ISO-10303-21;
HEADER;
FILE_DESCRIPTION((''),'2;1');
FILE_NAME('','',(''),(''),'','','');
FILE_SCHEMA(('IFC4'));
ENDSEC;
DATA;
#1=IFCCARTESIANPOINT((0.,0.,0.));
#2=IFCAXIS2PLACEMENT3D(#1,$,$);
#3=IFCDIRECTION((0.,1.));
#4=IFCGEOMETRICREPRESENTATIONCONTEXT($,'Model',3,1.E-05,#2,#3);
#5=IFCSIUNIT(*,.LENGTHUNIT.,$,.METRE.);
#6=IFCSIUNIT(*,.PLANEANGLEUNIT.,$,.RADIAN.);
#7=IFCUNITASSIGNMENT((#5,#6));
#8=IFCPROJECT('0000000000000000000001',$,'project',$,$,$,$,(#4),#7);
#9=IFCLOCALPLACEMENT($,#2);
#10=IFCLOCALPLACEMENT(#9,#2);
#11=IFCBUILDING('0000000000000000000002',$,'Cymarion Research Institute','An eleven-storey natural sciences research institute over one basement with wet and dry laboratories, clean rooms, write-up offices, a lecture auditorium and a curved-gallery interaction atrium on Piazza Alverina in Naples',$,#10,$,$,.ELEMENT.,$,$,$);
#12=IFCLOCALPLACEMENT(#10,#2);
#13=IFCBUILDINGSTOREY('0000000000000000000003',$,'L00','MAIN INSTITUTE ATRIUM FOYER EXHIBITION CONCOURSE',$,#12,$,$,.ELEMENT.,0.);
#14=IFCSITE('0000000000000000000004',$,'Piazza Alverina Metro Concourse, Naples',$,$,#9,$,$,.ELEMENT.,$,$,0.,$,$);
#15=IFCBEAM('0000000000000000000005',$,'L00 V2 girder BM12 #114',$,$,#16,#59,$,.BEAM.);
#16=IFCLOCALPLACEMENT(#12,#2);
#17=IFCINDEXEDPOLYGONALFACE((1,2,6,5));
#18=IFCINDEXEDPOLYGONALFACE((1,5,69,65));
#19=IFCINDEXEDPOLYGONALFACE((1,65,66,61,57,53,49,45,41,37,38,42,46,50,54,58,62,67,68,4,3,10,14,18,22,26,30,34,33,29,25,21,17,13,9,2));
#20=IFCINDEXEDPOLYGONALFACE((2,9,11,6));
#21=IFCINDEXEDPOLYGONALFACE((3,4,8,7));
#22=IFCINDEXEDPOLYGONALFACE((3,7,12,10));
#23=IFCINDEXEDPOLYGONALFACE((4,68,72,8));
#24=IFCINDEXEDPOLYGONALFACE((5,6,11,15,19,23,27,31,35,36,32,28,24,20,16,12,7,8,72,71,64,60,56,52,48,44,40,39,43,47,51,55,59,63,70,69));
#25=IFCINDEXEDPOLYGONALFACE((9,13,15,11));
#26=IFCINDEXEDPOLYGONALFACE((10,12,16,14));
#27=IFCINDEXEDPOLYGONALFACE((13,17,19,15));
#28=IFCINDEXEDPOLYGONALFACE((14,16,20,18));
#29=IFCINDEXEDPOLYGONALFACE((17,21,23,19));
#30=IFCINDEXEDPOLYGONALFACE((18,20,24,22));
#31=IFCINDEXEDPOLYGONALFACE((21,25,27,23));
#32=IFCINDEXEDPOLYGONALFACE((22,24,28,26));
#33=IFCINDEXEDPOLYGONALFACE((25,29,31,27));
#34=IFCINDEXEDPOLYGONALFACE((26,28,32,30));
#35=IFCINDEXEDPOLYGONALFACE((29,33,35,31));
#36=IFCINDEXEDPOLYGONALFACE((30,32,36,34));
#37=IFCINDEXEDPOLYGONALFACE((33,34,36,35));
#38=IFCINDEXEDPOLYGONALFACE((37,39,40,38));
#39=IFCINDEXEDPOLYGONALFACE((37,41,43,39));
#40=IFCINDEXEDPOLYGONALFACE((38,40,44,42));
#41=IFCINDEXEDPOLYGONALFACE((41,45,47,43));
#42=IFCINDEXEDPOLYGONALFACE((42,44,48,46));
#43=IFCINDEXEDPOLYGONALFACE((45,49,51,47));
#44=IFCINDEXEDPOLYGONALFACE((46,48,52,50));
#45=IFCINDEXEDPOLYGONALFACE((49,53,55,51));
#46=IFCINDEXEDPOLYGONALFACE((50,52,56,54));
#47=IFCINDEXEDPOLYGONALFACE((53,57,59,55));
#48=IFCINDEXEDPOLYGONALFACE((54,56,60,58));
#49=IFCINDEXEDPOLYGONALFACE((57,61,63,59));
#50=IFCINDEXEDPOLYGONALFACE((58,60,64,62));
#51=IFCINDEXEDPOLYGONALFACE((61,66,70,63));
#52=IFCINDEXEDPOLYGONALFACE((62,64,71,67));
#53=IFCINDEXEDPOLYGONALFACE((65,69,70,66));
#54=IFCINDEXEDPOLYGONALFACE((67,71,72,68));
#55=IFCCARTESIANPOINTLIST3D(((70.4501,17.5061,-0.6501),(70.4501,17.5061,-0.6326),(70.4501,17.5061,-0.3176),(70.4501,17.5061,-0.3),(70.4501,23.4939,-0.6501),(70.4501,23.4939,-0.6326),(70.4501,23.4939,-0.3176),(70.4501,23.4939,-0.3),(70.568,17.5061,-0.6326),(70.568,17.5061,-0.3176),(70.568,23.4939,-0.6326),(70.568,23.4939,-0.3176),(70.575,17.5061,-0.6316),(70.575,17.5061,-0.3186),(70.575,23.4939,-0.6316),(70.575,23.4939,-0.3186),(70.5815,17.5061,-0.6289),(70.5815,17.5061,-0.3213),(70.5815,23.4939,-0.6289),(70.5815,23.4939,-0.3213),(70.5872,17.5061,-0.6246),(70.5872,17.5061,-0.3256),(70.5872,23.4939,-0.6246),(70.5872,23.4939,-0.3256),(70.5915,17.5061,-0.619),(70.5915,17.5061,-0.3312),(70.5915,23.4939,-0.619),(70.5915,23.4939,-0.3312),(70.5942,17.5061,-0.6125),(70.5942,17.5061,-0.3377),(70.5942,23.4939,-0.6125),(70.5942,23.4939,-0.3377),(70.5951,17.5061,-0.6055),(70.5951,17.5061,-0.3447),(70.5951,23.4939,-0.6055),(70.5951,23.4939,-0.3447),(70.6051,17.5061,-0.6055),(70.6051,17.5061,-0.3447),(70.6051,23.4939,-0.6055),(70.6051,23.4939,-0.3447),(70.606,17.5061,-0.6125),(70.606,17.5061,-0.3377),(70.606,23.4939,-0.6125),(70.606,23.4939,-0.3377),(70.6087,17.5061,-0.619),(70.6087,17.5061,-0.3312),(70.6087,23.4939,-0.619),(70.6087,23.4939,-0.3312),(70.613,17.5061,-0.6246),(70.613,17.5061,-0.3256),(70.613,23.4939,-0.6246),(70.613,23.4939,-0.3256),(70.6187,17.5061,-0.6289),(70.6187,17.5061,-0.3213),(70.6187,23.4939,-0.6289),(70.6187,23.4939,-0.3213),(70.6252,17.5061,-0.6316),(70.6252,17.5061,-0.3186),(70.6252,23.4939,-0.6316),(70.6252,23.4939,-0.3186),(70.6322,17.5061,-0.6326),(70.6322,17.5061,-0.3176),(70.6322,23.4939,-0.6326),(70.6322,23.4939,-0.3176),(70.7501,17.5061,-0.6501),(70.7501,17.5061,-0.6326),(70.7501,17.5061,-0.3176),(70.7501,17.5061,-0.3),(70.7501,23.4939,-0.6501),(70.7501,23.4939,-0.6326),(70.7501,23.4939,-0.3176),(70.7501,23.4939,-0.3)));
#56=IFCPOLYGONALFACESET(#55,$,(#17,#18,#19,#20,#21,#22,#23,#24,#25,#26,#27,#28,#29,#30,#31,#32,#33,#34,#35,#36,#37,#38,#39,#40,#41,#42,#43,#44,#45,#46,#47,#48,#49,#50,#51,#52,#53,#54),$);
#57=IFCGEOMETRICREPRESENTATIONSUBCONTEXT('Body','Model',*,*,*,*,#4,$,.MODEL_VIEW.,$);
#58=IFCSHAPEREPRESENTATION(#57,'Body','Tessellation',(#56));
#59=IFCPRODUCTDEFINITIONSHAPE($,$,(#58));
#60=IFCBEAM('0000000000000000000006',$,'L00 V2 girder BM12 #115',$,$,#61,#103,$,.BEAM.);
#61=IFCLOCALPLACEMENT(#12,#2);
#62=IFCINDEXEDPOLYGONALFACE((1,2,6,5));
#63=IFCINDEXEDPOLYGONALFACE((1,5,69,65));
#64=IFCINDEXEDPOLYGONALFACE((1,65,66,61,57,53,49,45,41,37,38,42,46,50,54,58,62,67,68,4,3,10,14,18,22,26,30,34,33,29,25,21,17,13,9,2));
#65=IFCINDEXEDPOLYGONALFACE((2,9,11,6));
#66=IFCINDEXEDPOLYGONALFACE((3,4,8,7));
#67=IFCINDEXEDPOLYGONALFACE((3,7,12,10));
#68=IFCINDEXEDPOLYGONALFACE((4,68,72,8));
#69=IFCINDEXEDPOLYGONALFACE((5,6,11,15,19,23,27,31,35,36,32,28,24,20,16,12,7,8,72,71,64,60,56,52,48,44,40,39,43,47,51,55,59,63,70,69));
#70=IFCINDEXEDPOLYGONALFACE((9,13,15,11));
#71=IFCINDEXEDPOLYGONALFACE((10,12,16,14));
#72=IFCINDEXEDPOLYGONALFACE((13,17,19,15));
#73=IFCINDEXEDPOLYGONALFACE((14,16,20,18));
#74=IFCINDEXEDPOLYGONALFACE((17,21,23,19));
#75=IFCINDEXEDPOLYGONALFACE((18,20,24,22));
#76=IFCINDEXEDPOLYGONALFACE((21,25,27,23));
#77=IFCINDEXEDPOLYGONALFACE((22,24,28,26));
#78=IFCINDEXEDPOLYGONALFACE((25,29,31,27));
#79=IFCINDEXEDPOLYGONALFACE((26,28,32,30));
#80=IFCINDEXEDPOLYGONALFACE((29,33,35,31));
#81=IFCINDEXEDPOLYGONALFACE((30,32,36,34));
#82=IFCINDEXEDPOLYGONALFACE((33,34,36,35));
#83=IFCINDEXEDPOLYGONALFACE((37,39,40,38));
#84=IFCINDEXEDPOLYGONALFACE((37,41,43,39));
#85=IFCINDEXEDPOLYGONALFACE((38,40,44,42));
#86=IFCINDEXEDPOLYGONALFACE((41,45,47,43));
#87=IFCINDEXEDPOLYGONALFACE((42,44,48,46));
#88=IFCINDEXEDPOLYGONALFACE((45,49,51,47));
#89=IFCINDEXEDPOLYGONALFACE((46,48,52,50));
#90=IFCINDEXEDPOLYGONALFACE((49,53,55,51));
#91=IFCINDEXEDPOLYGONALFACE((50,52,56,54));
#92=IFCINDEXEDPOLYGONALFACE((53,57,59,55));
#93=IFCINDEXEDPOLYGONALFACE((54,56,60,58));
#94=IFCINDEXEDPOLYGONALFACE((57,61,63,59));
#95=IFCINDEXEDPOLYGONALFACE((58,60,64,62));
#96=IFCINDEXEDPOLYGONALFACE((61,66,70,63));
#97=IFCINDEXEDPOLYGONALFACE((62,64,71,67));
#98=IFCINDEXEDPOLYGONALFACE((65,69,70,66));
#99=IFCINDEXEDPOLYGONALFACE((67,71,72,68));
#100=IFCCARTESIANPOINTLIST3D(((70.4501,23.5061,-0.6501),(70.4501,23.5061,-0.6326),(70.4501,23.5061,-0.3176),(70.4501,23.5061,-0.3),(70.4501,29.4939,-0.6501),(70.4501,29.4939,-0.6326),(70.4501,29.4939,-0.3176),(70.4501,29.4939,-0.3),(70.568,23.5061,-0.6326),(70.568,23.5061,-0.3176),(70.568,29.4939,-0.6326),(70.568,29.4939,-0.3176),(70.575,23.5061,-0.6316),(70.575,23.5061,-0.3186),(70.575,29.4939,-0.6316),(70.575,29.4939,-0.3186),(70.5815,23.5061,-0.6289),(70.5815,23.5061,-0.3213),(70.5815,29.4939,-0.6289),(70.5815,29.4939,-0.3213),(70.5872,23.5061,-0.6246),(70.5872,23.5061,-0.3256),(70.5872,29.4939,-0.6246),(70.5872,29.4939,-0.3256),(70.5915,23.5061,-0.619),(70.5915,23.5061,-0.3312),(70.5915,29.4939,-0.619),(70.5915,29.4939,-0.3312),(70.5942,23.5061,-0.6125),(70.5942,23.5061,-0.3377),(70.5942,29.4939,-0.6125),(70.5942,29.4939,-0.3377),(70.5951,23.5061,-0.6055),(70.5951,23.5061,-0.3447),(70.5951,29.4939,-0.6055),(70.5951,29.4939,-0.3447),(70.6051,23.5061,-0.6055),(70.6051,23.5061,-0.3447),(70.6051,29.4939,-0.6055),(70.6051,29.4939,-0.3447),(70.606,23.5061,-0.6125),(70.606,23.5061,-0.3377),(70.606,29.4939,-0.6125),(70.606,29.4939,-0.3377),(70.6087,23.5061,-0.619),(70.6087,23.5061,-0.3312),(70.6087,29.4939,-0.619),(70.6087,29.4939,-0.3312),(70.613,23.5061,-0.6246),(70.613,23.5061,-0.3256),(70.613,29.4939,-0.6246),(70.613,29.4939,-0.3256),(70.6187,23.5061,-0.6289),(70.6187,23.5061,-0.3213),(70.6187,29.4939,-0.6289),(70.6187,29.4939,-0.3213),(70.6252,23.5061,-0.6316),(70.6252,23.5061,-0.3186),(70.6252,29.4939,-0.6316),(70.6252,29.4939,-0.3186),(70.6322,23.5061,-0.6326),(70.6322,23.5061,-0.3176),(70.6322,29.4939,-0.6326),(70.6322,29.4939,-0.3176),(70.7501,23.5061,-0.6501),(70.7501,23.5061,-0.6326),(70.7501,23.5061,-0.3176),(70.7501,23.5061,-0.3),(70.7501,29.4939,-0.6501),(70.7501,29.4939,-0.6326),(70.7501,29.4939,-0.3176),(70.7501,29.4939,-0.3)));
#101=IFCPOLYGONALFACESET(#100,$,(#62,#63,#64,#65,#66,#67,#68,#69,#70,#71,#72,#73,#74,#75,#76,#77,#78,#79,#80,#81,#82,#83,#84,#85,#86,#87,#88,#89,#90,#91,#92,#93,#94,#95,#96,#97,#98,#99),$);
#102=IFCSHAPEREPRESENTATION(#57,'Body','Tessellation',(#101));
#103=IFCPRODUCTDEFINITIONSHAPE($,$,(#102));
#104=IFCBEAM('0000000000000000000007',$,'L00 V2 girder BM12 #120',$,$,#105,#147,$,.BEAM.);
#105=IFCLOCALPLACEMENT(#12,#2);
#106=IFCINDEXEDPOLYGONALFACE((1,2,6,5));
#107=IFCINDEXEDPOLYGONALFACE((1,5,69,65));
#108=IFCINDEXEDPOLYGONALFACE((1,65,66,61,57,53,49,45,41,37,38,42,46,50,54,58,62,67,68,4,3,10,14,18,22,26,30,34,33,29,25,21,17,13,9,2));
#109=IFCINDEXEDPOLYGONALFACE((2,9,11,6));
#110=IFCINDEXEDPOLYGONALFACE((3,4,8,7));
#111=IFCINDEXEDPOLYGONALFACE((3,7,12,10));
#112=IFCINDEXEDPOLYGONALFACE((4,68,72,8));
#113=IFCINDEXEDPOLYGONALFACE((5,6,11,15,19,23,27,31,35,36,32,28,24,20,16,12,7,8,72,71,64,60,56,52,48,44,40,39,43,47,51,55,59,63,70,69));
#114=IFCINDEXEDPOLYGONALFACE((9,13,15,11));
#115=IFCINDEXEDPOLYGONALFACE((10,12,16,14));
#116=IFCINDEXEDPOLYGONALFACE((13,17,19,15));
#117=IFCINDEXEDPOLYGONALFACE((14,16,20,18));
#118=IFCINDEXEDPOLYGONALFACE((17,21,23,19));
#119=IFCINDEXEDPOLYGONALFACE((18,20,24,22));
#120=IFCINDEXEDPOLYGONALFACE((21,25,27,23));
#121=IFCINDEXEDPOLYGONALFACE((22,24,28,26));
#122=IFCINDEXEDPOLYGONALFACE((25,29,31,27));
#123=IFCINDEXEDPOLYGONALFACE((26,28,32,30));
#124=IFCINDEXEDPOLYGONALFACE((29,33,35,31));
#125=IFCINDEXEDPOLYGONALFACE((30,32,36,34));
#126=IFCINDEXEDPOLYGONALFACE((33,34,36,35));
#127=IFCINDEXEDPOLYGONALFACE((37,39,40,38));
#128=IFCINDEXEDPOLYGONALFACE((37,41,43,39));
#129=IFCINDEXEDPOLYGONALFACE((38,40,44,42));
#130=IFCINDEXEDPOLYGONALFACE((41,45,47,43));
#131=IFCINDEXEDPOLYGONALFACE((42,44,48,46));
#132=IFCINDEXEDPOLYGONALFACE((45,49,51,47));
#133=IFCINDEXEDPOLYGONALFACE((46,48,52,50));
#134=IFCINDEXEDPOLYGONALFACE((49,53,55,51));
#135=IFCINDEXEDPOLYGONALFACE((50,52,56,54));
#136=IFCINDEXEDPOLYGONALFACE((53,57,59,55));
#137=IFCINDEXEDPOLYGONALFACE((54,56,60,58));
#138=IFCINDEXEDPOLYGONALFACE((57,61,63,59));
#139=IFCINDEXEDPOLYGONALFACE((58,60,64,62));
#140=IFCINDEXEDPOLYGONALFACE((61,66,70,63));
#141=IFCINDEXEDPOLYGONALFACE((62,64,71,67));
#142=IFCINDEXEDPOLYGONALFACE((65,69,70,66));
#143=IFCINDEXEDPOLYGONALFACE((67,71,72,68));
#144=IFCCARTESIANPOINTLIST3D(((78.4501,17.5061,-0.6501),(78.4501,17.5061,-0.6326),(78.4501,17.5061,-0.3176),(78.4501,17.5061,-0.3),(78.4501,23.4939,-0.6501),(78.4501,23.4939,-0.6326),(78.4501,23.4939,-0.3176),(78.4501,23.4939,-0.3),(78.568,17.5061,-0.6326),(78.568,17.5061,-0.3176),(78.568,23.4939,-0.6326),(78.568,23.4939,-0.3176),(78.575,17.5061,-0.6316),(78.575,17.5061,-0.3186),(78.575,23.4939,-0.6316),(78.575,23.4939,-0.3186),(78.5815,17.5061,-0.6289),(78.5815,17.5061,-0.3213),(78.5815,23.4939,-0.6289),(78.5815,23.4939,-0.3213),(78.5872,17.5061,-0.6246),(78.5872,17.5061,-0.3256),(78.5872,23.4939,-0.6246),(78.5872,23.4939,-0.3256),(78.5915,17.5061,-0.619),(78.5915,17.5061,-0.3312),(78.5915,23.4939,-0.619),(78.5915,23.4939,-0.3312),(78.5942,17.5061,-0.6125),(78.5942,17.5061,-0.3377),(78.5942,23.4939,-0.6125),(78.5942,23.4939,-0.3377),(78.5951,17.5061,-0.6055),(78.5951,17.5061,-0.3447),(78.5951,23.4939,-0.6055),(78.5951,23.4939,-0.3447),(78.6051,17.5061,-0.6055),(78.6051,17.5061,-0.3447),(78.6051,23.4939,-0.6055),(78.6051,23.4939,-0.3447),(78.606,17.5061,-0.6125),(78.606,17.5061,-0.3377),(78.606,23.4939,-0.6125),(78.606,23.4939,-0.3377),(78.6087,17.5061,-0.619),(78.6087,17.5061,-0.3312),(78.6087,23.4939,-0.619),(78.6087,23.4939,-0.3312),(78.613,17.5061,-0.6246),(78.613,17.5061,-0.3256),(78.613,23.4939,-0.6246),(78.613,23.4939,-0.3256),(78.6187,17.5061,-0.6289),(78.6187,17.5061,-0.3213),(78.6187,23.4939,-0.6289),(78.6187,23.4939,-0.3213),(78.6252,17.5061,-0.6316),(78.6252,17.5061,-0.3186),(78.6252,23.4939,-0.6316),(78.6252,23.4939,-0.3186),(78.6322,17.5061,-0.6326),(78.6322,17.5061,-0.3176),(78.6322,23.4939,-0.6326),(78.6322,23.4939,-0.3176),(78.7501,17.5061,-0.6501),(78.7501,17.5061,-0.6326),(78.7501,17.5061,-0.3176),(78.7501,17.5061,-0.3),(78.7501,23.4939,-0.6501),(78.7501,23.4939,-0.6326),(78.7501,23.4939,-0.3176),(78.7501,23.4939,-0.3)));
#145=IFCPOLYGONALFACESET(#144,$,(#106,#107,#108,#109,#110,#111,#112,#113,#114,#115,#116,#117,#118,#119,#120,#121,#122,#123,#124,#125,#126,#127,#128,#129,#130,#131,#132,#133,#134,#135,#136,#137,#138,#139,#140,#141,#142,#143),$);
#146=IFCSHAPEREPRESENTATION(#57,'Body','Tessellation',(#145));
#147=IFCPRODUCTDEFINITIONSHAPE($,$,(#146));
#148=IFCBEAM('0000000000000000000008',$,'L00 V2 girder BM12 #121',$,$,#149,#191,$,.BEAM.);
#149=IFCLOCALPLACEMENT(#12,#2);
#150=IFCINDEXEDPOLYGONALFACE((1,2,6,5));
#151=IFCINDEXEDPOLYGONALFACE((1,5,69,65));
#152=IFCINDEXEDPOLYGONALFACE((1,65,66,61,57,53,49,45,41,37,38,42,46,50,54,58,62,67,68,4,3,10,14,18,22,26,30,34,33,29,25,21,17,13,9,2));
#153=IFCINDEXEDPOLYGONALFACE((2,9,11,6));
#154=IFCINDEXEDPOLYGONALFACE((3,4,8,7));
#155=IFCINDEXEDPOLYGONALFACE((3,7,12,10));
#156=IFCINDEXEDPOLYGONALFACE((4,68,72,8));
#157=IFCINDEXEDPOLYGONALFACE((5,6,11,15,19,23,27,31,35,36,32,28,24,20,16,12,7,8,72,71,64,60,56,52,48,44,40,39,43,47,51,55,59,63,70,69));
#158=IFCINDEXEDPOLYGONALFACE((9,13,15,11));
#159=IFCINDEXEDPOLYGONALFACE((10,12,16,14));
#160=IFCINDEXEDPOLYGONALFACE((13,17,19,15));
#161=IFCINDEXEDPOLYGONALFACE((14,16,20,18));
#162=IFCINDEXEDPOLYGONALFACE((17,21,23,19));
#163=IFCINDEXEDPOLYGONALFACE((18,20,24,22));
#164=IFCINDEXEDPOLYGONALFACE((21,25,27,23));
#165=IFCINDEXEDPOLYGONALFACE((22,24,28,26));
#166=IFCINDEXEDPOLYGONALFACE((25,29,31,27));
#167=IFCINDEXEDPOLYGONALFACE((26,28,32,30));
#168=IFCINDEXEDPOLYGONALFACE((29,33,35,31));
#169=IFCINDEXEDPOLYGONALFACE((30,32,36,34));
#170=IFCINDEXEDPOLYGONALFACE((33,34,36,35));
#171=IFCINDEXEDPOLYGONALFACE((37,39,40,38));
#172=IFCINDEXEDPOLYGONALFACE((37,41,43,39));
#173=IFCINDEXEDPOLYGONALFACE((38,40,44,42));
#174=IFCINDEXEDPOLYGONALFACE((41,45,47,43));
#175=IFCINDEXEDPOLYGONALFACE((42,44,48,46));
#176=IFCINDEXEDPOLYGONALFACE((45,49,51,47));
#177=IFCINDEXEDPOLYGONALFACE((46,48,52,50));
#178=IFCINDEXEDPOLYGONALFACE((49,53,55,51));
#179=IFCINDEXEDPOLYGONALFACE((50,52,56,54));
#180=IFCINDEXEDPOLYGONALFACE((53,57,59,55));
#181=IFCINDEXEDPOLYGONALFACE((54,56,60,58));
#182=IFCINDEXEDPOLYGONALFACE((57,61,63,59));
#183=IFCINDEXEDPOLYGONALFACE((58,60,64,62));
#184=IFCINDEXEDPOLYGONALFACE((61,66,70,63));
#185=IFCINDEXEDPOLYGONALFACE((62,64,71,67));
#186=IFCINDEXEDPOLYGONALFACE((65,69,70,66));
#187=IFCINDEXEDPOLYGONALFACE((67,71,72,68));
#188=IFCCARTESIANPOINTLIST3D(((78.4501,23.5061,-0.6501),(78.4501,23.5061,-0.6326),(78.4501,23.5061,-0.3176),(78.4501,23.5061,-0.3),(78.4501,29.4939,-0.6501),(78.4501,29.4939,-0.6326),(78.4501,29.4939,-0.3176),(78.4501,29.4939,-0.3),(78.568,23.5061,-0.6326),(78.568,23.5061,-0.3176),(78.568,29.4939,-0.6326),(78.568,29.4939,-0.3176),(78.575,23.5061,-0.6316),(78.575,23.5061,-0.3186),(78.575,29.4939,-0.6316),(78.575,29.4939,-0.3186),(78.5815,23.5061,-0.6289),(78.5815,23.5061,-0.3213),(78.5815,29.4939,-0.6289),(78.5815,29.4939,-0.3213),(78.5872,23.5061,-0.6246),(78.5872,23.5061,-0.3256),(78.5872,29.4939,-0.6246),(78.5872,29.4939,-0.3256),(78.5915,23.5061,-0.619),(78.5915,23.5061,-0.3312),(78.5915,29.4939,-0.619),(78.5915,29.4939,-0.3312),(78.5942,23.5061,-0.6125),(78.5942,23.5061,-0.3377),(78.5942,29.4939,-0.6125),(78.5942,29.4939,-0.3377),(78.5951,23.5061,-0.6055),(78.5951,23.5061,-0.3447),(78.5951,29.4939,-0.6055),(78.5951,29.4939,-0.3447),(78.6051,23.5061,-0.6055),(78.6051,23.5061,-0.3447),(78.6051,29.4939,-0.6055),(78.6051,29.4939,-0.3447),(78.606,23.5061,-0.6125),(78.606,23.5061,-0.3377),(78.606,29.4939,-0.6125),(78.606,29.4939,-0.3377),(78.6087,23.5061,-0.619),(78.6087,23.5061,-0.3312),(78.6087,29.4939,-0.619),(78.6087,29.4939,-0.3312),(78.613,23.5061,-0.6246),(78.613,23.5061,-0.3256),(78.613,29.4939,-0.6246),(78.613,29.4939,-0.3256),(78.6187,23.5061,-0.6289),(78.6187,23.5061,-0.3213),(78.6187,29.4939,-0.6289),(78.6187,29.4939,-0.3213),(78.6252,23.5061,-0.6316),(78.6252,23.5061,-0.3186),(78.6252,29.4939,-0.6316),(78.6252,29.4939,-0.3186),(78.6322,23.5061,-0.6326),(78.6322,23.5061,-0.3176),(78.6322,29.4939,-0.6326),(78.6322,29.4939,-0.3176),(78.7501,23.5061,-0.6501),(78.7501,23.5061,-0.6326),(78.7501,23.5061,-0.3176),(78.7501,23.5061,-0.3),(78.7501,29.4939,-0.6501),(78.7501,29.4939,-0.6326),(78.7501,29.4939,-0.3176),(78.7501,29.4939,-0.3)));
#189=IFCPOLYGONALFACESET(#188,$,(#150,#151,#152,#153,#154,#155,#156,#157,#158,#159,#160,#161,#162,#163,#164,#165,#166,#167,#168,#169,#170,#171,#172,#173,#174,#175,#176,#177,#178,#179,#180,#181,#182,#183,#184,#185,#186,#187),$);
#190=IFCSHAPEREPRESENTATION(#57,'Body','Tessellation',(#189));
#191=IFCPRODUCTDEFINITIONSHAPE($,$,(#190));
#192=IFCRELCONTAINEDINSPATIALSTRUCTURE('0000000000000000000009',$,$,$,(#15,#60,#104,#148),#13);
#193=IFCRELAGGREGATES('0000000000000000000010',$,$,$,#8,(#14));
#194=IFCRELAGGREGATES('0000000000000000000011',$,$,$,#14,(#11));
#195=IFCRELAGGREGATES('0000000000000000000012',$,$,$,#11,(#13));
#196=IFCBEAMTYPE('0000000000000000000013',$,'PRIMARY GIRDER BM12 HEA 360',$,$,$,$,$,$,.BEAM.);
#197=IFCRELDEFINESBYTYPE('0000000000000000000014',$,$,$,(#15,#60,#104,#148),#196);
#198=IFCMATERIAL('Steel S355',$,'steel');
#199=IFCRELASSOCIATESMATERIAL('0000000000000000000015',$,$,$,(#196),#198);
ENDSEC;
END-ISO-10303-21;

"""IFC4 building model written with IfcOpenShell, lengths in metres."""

from ifc_helpers import new_model, si_unit, direction, frame, origin, origin_2d, place, context, subcontext, project, spatial, i_section, extrude, material, material_profile, profile_set, type_object, element, save


model = new_model("IFC4")

# Units and contexts
model_context = context("Model", 3, precision=1e-05, world=origin(), true_north=direction((0.0, 1.0)))
body_context = subcontext(model_context, "Body", "Model", "MODEL_VIEW")
ifc_project = project(units=[si_unit("LENGTHUNIT", "METRE"), si_unit("PLANEANGLEUNIT", "RADIAN")], contexts=[model_context])

# Site, building, storey
site_placement = place(None, origin())
site = spatial("IfcSite", under=ifc_project, at=site_placement, Name="Piazza Alverina Metro Concourse, Naples", CompositionType="ELEMENT", RefElevation=0.0)
building_placement = place(site_placement, origin())
building = spatial("IfcBuilding", under=site, at=building_placement, Name="Cymarion Research Institute", Description="An eleven-storey natural sciences research institute over one basement with wet and dry laboratories, clean rooms, write-up offices, a lecture auditorium and a curved-gallery interaction atrium on Piazza Alverina in Naples", CompositionType="ELEMENT")
storey_placement = place(building_placement, origin())
storey = spatial("IfcBuildingStorey", under=building, at=storey_placement, Name="L00", Description="MAIN INSTITUTE ATRIUM FOYER EXHIBITION CONCOURSE", CompositionType="ELEMENT", Elevation=0.0)

# Beams
ifc_material = material(Name="Steel S355", Category="steel")
ifc_material_profile_1 = material_profile(ifc_material, i_section(OverallWidth=0.3, OverallDepth=0.3501, WebThickness=0.01, FlangeThickness=0.0176, FilletRadius=0.0271, at=origin_2d()), Name="HEA 360")
ifc_profile_set_1 = profile_set([ifc_material_profile_1], Name="Steel S355")
beam_type_1 = type_object("IfcBeamType", Name="PRIMARY GIRDER BM12 HEA 360", PredefinedType="BEAM", material=ifc_profile_set_1)
for number, where, z_axis, x_axis, name in (
    (1, (70.6001, 17.5061, -0.4751), (0.0, 1.0, 0.0), (-1.0, 0.0, 0.0), "L00 V2 girder BM12 #114"),
    (2, (70.6001, 23.5061, -0.4751), (0.0, 1.0, 0.0), (-1.0, 0.0, 0.0), "L00 V2 girder BM12 #115"),
    (3, (78.6001, 17.5061, -0.4751), (0.0, 1.0, 0.0), (-1.0, 0.0, 0.0), "L00 V2 girder BM12 #120"),
    (4, (78.6001, 23.5061, -0.4751), (0.0, 1.0, 0.0), (-1.0, 0.0, 0.0), "L00 V2 girder BM12 #121"),
):
    element("IfcBeam", number, at=place(storey_placement, frame(where, z_axis=z_axis, x_axis=x_axis)), inside=storey, type_object=beam_type_1, Name=name, PredefinedType="BEAM", context=body_context, shape_type="SweptSolid", body=[
        extrude(i_section(OverallWidth=0.3, OverallDepth=0.3501, WebThickness=0.01, FlangeThickness=0.0176, FilletRadius=0.0271, at=origin_2d()), origin(), (0.0, 0.0, 1.0), 5.9878),
    ])

save(model, "model.ifc")
